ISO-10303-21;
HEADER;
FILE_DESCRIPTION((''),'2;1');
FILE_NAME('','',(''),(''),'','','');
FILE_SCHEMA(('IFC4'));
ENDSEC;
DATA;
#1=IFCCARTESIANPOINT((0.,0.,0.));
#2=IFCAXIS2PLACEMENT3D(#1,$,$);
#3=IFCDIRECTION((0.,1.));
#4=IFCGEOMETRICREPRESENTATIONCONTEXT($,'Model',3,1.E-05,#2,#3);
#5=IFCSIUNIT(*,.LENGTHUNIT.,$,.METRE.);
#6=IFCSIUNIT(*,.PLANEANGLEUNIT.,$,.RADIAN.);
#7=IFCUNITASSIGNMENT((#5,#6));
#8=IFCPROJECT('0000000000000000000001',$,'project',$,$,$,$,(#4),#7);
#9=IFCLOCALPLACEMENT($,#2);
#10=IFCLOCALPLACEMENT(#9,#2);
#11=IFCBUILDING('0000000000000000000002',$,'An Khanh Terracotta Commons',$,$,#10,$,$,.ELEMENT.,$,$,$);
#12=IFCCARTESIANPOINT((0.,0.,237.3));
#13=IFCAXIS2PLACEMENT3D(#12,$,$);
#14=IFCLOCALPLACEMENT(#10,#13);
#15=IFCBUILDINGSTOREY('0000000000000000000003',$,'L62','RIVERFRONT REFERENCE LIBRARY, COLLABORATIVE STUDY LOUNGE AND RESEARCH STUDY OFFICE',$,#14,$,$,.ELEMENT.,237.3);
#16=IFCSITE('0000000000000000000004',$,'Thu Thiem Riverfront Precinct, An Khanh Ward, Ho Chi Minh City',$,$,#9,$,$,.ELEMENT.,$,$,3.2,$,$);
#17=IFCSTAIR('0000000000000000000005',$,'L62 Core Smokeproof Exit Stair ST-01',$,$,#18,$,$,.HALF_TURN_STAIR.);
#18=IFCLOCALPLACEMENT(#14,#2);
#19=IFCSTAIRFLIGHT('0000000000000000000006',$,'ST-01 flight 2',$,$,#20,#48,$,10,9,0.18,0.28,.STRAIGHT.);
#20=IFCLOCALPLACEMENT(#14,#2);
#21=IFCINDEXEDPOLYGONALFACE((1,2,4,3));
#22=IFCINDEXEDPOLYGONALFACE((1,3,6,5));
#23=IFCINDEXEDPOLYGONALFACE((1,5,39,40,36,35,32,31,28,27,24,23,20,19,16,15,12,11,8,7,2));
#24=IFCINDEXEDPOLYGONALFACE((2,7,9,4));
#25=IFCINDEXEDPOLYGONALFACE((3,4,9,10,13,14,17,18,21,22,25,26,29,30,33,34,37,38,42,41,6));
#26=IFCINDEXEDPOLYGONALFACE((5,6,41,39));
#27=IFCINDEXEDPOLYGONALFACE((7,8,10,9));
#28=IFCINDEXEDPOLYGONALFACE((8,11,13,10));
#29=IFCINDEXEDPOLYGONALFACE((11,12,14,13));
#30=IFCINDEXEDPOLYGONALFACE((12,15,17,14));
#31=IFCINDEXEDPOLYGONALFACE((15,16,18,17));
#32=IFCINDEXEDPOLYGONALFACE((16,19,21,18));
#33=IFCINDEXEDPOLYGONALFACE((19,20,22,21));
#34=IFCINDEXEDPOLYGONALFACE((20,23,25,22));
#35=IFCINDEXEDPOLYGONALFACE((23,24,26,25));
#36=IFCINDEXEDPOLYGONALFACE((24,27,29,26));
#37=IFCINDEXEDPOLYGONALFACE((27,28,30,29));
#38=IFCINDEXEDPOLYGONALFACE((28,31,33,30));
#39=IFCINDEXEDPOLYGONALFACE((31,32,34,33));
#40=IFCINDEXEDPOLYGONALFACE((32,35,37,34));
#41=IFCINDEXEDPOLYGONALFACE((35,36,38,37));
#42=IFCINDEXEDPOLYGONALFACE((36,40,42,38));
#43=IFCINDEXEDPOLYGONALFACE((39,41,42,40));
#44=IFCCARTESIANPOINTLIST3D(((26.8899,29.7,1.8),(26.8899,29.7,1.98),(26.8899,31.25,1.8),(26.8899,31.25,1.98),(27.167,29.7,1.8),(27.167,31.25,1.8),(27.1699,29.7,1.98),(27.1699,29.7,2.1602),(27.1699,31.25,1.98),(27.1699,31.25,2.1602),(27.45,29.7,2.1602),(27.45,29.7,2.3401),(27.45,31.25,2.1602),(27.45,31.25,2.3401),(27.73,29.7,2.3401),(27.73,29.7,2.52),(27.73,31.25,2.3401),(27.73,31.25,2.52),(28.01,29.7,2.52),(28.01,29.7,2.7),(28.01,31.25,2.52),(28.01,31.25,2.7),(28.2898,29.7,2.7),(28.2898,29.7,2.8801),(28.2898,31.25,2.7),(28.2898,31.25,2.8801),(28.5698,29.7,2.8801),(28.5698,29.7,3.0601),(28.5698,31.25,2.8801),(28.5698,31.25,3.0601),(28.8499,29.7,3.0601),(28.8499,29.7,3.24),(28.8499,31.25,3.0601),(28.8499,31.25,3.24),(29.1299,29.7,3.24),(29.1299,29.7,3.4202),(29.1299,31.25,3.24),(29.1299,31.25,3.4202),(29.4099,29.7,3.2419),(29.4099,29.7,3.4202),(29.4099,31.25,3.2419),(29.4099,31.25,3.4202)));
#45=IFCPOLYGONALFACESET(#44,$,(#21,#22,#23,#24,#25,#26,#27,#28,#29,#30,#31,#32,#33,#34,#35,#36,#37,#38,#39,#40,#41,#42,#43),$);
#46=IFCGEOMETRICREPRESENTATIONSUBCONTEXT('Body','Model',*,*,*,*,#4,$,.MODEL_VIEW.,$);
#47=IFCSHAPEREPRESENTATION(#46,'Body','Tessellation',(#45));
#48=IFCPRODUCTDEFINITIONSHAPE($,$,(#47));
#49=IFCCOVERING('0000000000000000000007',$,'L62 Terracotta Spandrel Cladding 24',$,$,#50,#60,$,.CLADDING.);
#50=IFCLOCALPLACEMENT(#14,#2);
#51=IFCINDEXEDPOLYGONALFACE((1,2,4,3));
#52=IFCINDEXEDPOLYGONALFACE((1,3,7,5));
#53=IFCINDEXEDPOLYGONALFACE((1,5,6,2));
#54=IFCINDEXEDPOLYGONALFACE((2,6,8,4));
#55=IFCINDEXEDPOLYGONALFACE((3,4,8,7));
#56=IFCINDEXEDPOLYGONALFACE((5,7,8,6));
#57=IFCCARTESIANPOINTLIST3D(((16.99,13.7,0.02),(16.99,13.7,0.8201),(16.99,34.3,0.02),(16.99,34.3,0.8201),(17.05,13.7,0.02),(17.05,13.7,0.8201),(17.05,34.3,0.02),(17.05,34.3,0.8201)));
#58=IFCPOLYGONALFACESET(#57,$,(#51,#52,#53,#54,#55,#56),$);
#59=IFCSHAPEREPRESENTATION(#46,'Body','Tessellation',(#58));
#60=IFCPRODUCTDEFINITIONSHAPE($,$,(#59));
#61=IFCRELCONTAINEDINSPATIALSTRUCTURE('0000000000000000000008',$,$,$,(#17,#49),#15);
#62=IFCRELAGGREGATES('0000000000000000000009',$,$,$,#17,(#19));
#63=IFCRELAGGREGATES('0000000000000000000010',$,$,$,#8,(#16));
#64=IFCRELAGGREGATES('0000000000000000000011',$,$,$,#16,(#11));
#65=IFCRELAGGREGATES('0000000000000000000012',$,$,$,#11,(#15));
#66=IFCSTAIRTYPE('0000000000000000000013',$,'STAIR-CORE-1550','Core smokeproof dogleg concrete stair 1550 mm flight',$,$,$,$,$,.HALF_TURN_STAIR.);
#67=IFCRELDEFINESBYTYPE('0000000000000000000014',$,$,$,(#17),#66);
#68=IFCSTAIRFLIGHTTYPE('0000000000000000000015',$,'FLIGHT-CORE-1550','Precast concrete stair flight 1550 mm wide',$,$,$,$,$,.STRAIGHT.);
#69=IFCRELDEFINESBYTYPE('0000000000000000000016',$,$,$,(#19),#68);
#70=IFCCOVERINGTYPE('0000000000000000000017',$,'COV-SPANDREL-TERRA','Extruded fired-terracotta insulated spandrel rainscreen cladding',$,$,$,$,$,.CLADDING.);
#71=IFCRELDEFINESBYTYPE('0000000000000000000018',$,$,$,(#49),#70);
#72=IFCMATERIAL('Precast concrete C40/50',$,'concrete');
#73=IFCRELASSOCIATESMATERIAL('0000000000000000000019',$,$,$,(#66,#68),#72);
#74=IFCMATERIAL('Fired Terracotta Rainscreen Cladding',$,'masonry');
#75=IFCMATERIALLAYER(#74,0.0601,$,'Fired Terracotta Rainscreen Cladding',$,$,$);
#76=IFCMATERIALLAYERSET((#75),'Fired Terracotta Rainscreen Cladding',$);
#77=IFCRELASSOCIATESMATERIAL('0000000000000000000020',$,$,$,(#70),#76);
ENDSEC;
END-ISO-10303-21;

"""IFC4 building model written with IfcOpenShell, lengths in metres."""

from ifc_helpers import new_model, si_unit, direction, frame, origin, origin_2d, place, context, subcontext, project, spatial, polyline, rectangle, outline, extrude, material, layer, layer_set, type_object, element, aggregate, save


model = new_model("IFC4")

# Units and contexts
model_context = context("Model", 3, precision=1e-05, world=origin(), true_north=direction((0.0, 1.0)))
body_context = subcontext(model_context, "Body", "Model", "MODEL_VIEW")
ifc_project = project(units=[si_unit("LENGTHUNIT", "METRE"), si_unit("PLANEANGLEUNIT", "RADIAN")], contexts=[model_context])

# Site, building, storey
site_placement = place(None, origin())
site = spatial("IfcSite", under=ifc_project, at=site_placement, Name="Thu Thiem Riverfront Precinct, An Khanh Ward, Ho Chi Minh City", CompositionType="ELEMENT", RefElevation=3.2)
building_placement = place(site_placement, origin())
building = spatial("IfcBuilding", under=site, at=building_placement, Name="An Khanh Terracotta Commons", CompositionType="ELEMENT")
storey_placement = place(building_placement, frame((0.0, 0.0, 237.3)))
storey = spatial("IfcBuildingStorey", under=building, at=storey_placement, Name="L62", Description="RIVERFRONT REFERENCE LIBRARY, COLLABORATIVE STUDY LOUNGE AND RESEARCH STUDY OFFICE", CompositionType="ELEMENT", Elevation=237.3)

# Stair, stair flight
ifc_material_1 = material(Name="Precast concrete C40/50", Category="concrete")
stair_type = type_object("IfcStairType", Name="STAIR-CORE-1550", Description="Core smokeproof dogleg concrete stair 1550 mm flight", PredefinedType="HALF_TURN_STAIR", material=ifc_material_1)
stair_placement = place(storey_placement, origin())
stair = element("IfcStair", 1, at=stair_placement, inside=storey, type_object=stair_type, Name="L62 Core Smokeproof Exit Stair ST-01", PredefinedType="HALF_TURN_STAIR")
stair_flight_type = type_object("IfcStairFlightType", Name="FLIGHT-CORE-1550", Description="Precast concrete stair flight 1550 mm wide", PredefinedType="STRAIGHT", material=ifc_material_1)
stair_flight_placement = place(storey_placement, frame((26.8899, 30.4751, 1.8), z_axis=(0.0, 0.0, 1.0), x_axis=(1.0, 0.0, 0.0)))
stair_flight = element("IfcStairFlight", 2, at=stair_flight_placement, type_object=stair_flight_type, Name="ST-01 flight 2", NumberOfRisers=10, NumberOfTreads=9, PredefinedType="STRAIGHT", RiserHeight=0.18, TreadLength=0.28, context=body_context, shape_type="SweptSolid", body=[
    extrude(outline(polyline([(0.0, 0.0), (0.0, 0.1799), (0.28, 0.1799), (0.28, 0.3601), (0.5601, 0.3601), (0.5601, 0.54), (0.8401, 0.54), (0.8401, 0.72), (1.1201, 0.72), (1.1201, 0.8999), (1.3999, 0.8999), (1.3999, 1.0801), (1.6799, 1.0801), (1.6799, 1.26), (1.96, 1.26), (1.96, 1.4399), (2.24, 1.4399), (2.24, 1.6201), (2.52, 1.6201), (2.52, 1.8), (2.52, 1.4419), (0.2771, 0.0), (0.0, 0.0)])), frame((0.0, 0.7749, 0.0), z_axis=(0.0, -1.0, 0.0), x_axis=(1.0, 0.0, 0.0)), (0.0, 0.0, 1.0), 1.55),
])
aggregate(stair, [stair_flight])

# Covering
ifc_material_2 = material(Name="Fired Terracotta Rainscreen Cladding", Category="masonry")
ifc_layer_1 = layer(ifc_material_2, 0.0601, Name="Fired Terracotta Rainscreen Cladding")
ifc_layer_set_1 = layer_set([ifc_layer_1], Name="Fired Terracotta Rainscreen Cladding")
covering_type = type_object("IfcCoveringType", Name="COV-SPANDREL-TERRA", Description="Extruded fired-terracotta insulated spandrel rainscreen cladding", PredefinedType="CLADDING", material=ifc_layer_set_1)
covering_placement = place(storey_placement, frame((17.02, 24.0, 0.02), z_axis=(0.0, 0.0, 1.0), x_axis=(0.0, -1.0, 0.0)))
element("IfcCovering", 3, at=covering_placement, inside=storey, type_object=covering_type, Name="L62 Terracotta Spandrel Cladding 24", PredefinedType="CLADDING", context=body_context, shape_type="SweptSolid", body=[
    extrude(rectangle(XDim=20.6001, YDim=0.0601, at=origin_2d()), origin(), (0.0, 0.0, 1.0), 0.8),
])

save(model, "model.ifc")
